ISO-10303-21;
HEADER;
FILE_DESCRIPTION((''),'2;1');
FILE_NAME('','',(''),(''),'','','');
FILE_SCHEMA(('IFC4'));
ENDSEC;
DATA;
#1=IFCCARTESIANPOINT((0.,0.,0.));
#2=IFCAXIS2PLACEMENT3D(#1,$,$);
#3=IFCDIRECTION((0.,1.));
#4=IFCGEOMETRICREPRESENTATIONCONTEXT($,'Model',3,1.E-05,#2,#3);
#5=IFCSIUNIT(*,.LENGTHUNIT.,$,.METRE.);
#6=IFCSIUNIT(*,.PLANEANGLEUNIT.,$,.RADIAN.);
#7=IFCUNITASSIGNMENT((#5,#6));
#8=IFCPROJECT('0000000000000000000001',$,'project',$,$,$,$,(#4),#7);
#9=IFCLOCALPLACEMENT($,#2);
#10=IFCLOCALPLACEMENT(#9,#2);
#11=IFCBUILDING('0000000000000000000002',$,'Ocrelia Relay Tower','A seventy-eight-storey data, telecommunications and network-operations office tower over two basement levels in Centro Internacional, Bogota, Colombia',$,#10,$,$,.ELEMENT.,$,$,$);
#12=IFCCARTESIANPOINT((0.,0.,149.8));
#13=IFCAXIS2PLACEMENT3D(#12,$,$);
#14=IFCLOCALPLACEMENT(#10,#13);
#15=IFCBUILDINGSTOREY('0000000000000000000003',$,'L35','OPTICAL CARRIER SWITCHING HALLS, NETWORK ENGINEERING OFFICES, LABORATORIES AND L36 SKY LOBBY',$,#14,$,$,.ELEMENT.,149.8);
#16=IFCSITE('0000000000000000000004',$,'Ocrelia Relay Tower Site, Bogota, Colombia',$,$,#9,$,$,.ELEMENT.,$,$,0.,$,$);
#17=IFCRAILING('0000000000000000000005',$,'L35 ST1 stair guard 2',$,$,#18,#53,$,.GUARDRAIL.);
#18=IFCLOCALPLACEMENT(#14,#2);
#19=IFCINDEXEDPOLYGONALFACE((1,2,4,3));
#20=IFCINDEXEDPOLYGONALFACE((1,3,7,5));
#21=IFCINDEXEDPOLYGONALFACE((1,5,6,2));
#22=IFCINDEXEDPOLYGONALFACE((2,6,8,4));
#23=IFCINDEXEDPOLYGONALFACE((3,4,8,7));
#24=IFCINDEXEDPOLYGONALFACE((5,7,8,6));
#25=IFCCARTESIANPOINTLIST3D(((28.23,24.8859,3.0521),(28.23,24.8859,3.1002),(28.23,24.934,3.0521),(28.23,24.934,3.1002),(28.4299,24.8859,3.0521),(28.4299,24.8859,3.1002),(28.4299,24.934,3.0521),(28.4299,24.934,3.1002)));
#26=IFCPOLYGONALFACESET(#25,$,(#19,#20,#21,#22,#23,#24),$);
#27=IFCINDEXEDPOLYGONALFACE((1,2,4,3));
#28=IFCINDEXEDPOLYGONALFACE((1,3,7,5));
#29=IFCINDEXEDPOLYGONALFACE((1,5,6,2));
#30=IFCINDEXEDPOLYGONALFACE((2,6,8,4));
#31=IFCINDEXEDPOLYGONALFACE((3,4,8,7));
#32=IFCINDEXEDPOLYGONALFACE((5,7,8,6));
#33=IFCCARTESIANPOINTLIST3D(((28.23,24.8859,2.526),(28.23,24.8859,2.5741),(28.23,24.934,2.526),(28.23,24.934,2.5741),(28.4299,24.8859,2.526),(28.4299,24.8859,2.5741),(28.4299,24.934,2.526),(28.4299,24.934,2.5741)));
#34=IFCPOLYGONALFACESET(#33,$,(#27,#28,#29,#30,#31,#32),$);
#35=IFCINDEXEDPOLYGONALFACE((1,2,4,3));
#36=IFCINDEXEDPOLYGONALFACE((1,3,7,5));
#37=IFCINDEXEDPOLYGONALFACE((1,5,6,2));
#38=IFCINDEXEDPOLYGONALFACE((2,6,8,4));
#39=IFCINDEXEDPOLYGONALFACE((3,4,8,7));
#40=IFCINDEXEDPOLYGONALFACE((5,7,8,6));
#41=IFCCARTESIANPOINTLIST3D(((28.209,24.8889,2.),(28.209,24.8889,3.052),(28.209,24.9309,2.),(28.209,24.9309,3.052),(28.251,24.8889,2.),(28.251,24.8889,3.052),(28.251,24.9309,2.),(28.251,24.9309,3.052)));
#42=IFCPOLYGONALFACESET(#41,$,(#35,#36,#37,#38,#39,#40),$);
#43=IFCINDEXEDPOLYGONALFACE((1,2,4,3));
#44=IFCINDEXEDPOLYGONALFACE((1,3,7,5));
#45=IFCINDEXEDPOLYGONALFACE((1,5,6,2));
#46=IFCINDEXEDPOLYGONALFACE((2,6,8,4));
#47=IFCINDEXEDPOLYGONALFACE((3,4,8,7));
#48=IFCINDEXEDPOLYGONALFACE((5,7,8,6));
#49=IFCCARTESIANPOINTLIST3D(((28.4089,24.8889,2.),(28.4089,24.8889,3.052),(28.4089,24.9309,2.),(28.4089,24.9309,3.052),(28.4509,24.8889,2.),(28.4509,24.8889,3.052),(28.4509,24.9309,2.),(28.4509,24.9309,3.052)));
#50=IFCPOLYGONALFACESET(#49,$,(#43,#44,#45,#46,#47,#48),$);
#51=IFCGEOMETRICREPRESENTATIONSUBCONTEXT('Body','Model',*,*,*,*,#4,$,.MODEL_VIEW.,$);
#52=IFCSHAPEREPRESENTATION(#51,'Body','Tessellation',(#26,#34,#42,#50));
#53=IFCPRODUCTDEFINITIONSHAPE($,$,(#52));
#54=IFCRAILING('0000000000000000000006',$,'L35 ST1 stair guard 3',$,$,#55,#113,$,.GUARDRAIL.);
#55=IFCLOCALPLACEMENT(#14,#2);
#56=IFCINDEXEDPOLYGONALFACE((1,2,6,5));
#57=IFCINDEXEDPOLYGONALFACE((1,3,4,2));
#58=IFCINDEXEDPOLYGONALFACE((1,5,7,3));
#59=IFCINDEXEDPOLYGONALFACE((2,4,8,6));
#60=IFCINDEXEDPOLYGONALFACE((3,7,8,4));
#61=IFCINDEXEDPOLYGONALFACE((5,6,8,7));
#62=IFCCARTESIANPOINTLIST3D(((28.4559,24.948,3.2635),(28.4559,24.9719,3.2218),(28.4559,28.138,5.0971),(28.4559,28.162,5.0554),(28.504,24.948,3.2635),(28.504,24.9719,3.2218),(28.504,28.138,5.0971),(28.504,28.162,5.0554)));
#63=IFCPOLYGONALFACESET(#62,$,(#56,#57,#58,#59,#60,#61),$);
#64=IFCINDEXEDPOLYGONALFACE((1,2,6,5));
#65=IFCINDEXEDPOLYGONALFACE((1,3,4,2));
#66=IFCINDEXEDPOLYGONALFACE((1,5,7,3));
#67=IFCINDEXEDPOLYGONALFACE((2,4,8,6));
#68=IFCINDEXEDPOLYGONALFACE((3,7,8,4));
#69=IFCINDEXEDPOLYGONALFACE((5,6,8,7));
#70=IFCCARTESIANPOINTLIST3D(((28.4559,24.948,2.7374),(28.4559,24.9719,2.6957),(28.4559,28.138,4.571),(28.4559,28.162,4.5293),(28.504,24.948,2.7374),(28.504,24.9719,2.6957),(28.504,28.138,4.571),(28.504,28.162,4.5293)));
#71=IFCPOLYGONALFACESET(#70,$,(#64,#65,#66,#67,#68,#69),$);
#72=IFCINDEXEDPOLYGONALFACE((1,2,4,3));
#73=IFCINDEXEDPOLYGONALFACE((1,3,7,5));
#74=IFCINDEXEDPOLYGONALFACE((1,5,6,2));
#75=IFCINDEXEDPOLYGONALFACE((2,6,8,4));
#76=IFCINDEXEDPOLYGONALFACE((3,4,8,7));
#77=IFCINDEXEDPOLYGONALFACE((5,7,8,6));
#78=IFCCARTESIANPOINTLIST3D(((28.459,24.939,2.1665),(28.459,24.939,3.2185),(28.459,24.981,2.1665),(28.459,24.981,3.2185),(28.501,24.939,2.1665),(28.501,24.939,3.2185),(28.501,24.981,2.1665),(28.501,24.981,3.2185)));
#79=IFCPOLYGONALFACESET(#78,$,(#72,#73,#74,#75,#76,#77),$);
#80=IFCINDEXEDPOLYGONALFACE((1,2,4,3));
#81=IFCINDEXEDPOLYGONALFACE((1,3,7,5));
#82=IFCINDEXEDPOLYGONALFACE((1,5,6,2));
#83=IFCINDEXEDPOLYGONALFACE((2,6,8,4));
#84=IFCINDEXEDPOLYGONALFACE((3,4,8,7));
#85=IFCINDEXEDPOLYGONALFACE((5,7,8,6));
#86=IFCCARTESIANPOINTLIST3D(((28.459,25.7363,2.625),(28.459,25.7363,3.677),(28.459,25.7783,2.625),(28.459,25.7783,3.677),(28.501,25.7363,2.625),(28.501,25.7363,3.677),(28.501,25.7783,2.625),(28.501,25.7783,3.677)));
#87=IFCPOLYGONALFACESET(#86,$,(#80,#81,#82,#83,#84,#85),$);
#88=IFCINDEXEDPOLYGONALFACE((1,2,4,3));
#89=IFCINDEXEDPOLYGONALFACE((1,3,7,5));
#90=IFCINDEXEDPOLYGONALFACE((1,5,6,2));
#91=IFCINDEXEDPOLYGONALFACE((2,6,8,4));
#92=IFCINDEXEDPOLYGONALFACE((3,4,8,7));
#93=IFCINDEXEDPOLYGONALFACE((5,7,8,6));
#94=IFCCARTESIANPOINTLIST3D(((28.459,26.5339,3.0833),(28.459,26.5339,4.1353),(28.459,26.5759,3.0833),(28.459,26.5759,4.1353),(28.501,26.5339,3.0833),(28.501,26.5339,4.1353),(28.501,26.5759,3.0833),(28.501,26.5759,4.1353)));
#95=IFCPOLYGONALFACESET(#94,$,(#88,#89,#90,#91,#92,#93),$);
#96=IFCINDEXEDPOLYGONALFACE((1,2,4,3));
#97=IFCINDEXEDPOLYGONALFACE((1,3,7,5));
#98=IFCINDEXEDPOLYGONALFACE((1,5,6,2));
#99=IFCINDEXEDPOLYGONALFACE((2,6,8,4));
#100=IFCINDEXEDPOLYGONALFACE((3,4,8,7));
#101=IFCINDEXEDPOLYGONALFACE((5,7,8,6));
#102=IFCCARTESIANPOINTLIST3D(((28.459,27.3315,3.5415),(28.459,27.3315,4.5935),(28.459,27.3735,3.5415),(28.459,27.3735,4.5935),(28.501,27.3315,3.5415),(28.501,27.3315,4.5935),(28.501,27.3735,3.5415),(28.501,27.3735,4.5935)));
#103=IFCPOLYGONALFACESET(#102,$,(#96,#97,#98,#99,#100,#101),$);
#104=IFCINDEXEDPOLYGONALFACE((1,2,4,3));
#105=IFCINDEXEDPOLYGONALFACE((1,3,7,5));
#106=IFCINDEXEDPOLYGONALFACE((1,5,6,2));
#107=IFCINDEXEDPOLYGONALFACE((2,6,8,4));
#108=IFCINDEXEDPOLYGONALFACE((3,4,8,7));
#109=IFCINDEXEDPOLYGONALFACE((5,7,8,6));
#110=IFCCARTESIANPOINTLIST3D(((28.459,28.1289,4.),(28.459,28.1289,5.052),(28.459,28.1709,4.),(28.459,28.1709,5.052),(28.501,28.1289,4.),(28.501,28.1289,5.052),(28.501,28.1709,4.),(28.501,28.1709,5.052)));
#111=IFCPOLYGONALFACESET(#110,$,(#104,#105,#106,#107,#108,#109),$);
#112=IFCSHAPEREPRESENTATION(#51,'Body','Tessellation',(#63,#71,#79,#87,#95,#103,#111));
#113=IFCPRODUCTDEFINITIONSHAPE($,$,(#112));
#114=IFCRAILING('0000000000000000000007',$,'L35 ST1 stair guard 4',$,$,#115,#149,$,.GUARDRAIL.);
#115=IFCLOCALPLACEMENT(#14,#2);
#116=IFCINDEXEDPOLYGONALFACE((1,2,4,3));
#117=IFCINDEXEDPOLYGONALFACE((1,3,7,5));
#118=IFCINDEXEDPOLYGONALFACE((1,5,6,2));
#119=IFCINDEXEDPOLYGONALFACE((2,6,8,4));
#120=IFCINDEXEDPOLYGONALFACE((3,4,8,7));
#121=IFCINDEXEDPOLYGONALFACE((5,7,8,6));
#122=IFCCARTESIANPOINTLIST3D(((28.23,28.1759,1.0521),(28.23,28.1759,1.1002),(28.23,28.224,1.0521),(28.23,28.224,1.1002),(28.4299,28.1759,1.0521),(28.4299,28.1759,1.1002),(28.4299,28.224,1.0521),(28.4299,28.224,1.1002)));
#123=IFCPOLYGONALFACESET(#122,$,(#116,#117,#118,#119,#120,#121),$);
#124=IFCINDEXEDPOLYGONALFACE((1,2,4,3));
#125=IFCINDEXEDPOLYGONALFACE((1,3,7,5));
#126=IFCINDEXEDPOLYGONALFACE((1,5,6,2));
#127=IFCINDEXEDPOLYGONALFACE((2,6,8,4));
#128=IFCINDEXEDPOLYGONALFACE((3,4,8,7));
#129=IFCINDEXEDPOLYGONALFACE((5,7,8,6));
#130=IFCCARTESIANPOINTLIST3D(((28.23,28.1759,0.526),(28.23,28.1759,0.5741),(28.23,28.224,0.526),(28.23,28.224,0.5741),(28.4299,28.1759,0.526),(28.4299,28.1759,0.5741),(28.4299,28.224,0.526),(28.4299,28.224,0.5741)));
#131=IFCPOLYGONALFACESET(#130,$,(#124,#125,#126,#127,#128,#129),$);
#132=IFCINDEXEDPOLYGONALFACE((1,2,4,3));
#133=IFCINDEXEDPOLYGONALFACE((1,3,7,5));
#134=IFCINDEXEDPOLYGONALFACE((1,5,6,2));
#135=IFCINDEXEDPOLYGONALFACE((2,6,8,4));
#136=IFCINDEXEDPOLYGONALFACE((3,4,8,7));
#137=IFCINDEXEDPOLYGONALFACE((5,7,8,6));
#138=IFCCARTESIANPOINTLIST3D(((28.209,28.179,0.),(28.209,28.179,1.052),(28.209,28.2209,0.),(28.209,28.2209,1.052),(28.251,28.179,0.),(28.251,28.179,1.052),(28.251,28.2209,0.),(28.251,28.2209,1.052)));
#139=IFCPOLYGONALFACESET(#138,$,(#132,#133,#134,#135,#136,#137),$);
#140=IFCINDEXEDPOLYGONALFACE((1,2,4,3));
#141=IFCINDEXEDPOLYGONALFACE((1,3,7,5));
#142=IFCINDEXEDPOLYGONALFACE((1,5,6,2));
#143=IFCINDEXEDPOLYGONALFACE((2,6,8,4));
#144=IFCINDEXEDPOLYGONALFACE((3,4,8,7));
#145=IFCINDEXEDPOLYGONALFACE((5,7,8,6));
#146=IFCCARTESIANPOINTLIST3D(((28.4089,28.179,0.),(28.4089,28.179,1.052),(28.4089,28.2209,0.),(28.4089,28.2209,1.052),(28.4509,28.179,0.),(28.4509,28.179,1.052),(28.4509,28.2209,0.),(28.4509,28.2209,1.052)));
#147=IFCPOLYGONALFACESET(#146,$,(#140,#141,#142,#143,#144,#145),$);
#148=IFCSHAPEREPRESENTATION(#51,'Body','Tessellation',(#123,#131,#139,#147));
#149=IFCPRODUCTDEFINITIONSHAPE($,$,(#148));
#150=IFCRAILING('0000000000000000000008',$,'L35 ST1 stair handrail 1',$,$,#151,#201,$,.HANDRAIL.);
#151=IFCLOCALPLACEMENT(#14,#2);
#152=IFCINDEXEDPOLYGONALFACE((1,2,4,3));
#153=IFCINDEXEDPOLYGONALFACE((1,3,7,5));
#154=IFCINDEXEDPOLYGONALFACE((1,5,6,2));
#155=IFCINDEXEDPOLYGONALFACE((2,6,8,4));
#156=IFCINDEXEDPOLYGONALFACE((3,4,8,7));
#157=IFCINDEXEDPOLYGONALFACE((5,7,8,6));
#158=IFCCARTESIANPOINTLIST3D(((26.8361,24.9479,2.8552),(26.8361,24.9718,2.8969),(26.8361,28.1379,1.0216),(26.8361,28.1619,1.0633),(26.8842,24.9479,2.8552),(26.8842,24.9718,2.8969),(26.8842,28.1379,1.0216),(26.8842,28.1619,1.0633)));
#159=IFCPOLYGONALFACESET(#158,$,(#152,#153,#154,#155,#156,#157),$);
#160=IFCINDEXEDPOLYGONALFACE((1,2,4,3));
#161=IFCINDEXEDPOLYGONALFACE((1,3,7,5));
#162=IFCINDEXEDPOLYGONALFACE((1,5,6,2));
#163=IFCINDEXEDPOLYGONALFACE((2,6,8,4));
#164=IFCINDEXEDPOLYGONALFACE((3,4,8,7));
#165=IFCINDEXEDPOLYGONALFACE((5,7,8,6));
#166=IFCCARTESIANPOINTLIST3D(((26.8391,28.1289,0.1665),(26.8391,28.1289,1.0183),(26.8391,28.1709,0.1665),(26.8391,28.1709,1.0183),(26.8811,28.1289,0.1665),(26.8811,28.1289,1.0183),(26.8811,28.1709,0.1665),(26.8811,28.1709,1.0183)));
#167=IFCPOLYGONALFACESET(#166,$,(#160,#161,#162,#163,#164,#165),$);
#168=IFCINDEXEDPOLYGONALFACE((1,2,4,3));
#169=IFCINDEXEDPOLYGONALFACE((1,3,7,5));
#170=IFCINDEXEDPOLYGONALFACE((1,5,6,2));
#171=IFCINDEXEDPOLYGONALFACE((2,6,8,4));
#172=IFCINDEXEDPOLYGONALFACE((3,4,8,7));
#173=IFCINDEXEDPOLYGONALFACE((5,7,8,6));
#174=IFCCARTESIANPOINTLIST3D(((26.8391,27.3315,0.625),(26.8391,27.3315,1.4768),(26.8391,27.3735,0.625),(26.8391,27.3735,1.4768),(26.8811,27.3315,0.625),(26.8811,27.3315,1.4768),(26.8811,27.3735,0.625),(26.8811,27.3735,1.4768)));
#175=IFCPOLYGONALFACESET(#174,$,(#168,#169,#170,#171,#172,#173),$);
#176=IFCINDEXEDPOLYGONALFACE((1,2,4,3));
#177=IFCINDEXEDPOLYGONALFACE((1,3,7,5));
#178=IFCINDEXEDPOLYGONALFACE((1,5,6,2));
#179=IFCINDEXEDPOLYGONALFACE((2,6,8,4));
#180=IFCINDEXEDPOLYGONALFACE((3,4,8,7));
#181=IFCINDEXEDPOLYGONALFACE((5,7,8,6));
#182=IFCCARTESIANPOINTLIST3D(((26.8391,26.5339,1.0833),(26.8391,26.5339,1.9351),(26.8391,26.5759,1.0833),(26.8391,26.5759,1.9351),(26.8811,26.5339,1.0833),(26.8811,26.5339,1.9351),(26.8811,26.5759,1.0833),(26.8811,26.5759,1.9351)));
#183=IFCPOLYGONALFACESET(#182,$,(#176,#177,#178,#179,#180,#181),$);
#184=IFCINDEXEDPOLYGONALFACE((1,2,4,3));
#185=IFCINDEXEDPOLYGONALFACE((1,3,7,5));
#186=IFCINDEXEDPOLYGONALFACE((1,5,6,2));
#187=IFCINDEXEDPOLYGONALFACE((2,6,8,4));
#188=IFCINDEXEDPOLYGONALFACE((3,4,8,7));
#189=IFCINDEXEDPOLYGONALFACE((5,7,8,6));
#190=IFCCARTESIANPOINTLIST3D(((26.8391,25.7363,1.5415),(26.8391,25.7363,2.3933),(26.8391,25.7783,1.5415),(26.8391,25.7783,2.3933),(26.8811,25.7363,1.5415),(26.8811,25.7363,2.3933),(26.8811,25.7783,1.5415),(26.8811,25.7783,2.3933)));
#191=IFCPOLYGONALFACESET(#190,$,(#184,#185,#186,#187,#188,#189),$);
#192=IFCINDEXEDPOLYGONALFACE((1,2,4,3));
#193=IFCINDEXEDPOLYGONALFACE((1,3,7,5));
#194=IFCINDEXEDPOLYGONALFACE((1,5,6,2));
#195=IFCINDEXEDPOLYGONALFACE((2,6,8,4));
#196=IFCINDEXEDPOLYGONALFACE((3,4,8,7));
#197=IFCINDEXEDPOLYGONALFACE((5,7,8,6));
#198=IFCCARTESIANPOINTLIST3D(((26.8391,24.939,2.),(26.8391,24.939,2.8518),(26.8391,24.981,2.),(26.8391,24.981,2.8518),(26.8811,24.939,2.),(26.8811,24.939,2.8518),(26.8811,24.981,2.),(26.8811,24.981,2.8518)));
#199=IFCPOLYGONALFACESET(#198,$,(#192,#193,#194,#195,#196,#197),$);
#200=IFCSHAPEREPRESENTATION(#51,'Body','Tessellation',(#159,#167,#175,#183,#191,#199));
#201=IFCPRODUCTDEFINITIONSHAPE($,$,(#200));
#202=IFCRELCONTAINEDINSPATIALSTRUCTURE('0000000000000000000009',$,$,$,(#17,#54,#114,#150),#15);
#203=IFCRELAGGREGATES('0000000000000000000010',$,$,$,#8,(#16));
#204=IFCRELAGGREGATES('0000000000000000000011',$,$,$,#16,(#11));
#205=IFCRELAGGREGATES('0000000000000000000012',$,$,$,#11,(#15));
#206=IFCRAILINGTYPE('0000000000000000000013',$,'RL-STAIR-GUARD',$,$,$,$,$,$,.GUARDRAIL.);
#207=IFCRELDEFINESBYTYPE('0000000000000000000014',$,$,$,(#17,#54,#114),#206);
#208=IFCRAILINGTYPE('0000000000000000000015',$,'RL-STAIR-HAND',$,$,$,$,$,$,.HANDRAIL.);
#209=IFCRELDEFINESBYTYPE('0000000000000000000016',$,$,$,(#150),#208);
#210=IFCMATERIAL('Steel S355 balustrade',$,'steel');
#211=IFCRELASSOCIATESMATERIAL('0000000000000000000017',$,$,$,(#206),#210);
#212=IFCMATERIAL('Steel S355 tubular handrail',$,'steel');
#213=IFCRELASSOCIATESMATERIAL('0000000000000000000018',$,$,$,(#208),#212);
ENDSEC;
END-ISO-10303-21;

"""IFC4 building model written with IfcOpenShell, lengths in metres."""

from ifc_helpers import new_model, si_unit, direction, frame, origin, origin_2d, place, context, subcontext, project, spatial, rectangle, extrude, material, type_object, element, save


model = new_model("IFC4")

# Units and contexts
model_context = context("Model", 3, precision=1e-05, world=origin(), true_north=direction((0.0, 1.0)))
body_context = subcontext(model_context, "Body", "Model", "MODEL_VIEW")
ifc_project = project(units=[si_unit("LENGTHUNIT", "METRE"), si_unit("PLANEANGLEUNIT", "RADIAN")], contexts=[model_context])

# Site, building, storey
site_placement = place(None, origin())
site = spatial("IfcSite", under=ifc_project, at=site_placement, Name="Ocrelia Relay Tower Site, Bogota, Colombia", CompositionType="ELEMENT", RefElevation=0.0)
building_placement = place(site_placement, origin())
building = spatial("IfcBuilding", under=site, at=building_placement, Name="Ocrelia Relay Tower", Description="A seventy-eight-storey data, telecommunications and network-operations office tower over two basement levels in Centro Internacional, Bogota, Colombia", CompositionType="ELEMENT")
storey_placement = place(building_placement, frame((0.0, 0.0, 149.8)))
storey = spatial("IfcBuildingStorey", under=building, at=storey_placement, Name="L35", Description="OPTICAL CARRIER SWITCHING HALLS, NETWORK ENGINEERING OFFICES, LABORATORIES AND L36 SKY LOBBY", CompositionType="ELEMENT", Elevation=149.8)

# Railings
ifc_material_1 = material(Name="Steel S355 balustrade", Category="steel")
railing_type_1 = type_object("IfcRailingType", Name="RL-STAIR-GUARD", PredefinedType="GUARDRAIL", material=ifc_material_1)
railing_1_placement = place(storey_placement, frame((28.23, 24.9099, 2.0)))
element("IfcRailing", 1, at=railing_1_placement, inside=storey, type_object=railing_type_1, Name="L35 ST1 stair guard 2", PredefinedType="GUARDRAIL", context=body_context, shape_type="SweptSolid", body=[
    extrude(rectangle(XDim=0.0481, YDim=0.0481, at=origin_2d()), frame((0.0, 0.0, 1.0762), z_axis=(1.0, 0.0, 0.0), x_axis=(0.0, 1.0, 0.0)), (0.0, 0.0, 1.0), 0.2),
    extrude(rectangle(XDim=0.0481, YDim=0.0481, at=origin_2d()), frame((0.0, 0.0, 0.55), z_axis=(1.0, 0.0, 0.0), x_axis=(0.0, 1.0, 0.0)), (0.0, 0.0, 1.0), 0.2),
    extrude(rectangle(XDim=0.042, YDim=0.042, at=origin_2d()), origin(), (0.0, 0.0, 1.0), 1.052),
    extrude(rectangle(XDim=0.042, YDim=0.042, at=origin_2d()), frame((0.2, 0.0, 0.0)), (0.0, 0.0, 1.0), 1.052),
])
railing_2_placement = place(storey_placement, frame((28.48, 24.96, 2.1665)))
element("IfcRailing", 2, at=railing_2_placement, inside=storey, type_object=railing_type_1, Name="L35 ST1 stair guard 3", PredefinedType="GUARDRAIL", context=body_context, shape_type="SweptSolid", body=[
    extrude(rectangle(XDim=0.0481, YDim=0.0481, at=origin_2d()), frame((0.0, 0.0, 1.0762), z_axis=(0.0, 0.866991, 0.498324), x_axis=(-1.0, 0.0, 0.0)), (0.0, 0.0, 1.0), 3.6794),
    extrude(rectangle(XDim=0.0481, YDim=0.0481, at=origin_2d()), frame((0.0, 0.0, 0.55), z_axis=(0.0, 0.866991, 0.498324), x_axis=(-1.0, 0.0, 0.0)), (0.0, 0.0, 1.0), 3.6794),
    extrude(rectangle(XDim=0.042, YDim=0.042, at=origin_2d()), origin(), (0.0, 0.0, 1.0), 1.052),
    extrude(rectangle(XDim=0.042, YDim=0.042, at=origin_2d()), frame((0.0, 0.7974, 0.4585)), (0.0, 0.0, 1.0), 1.052),
    extrude(rectangle(XDim=0.042, YDim=0.042, at=origin_2d()), frame((0.0, 1.595, 0.9167)), (0.0, 0.0, 1.0), 1.052),
    extrude(rectangle(XDim=0.042, YDim=0.042, at=origin_2d()), frame((0.0, 2.3926, 1.375)), (0.0, 0.0, 1.0), 1.052),
    extrude(rectangle(XDim=0.042, YDim=0.042, at=origin_2d()), frame((0.0, 3.1899, 1.8335)), (0.0, 0.0, 1.0), 1.052),
])
railing_3_placement = place(storey_placement, frame((28.23, 28.2, 0.0)))
element("IfcRailing", 3, at=railing_3_placement, inside=storey, type_object=railing_type_1, Name="L35 ST1 stair guard 4", PredefinedType="GUARDRAIL", context=body_context, shape_type="SweptSolid", body=[
    extrude(rectangle(XDim=0.0481, YDim=0.0481, at=origin_2d()), frame((0.0, 0.0, 1.0762), z_axis=(1.0, 0.0, 0.0), x_axis=(0.0, 1.0, 0.0)), (0.0, 0.0, 1.0), 0.2),
    extrude(rectangle(XDim=0.0481, YDim=0.0481, at=origin_2d()), frame((0.0, 0.0, 0.55), z_axis=(1.0, 0.0, 0.0), x_axis=(0.0, 1.0, 0.0)), (0.0, 0.0, 1.0), 0.2),
    extrude(rectangle(XDim=0.042, YDim=0.042, at=origin_2d()), origin(), (0.0, 0.0, 1.0), 1.052),
    extrude(rectangle(XDim=0.042, YDim=0.042, at=origin_2d()), frame((0.2, 0.0, 0.0)), (0.0, 0.0, 1.0), 1.052),
])
ifc_material_2 = material(Name="Steel S355 tubular handrail", Category="steel")
railing_type_2 = type_object("IfcRailingType", Name="RL-STAIR-HAND", PredefinedType="HANDRAIL", material=ifc_material_2)
railing_4_placement = place(storey_placement, frame((26.8601, 28.1499, 0.1665)))
element("IfcRailing", 4, at=railing_4_placement, inside=storey, type_object=railing_type_2, Name="L35 ST1 stair handrail 1", PredefinedType="HANDRAIL", context=body_context, shape_type="SweptSolid", body=[
    extrude(rectangle(XDim=0.0481, YDim=0.0481, at=origin_2d()), frame((0.0, 0.0, 0.876), z_axis=(0.0, -0.866991, 0.498324), x_axis=(1.0, 0.0, 0.0)), (0.0, 0.0, 1.0), 3.6794),
    extrude(rectangle(XDim=0.042, YDim=0.042, at=origin_2d()), origin(), (0.0, 0.0, 1.0), 0.8518),
    extrude(rectangle(XDim=0.042, YDim=0.042, at=origin_2d()), frame((0.0, -0.7974, 0.4585)), (0.0, 0.0, 1.0), 0.8518),
    extrude(rectangle(XDim=0.042, YDim=0.042, at=origin_2d()), frame((0.0, -1.595, 0.9167)), (0.0, 0.0, 1.0), 0.8518),
    extrude(rectangle(XDim=0.042, YDim=0.042, at=origin_2d()), frame((0.0, -2.3926, 1.375)), (0.0, 0.0, 1.0), 0.8518),
    extrude(rectangle(XDim=0.042, YDim=0.042, at=origin_2d()), frame((0.0, -3.1899, 1.8335)), (0.0, 0.0, 1.0), 0.8518),
])

save(model, "model.ifc")
